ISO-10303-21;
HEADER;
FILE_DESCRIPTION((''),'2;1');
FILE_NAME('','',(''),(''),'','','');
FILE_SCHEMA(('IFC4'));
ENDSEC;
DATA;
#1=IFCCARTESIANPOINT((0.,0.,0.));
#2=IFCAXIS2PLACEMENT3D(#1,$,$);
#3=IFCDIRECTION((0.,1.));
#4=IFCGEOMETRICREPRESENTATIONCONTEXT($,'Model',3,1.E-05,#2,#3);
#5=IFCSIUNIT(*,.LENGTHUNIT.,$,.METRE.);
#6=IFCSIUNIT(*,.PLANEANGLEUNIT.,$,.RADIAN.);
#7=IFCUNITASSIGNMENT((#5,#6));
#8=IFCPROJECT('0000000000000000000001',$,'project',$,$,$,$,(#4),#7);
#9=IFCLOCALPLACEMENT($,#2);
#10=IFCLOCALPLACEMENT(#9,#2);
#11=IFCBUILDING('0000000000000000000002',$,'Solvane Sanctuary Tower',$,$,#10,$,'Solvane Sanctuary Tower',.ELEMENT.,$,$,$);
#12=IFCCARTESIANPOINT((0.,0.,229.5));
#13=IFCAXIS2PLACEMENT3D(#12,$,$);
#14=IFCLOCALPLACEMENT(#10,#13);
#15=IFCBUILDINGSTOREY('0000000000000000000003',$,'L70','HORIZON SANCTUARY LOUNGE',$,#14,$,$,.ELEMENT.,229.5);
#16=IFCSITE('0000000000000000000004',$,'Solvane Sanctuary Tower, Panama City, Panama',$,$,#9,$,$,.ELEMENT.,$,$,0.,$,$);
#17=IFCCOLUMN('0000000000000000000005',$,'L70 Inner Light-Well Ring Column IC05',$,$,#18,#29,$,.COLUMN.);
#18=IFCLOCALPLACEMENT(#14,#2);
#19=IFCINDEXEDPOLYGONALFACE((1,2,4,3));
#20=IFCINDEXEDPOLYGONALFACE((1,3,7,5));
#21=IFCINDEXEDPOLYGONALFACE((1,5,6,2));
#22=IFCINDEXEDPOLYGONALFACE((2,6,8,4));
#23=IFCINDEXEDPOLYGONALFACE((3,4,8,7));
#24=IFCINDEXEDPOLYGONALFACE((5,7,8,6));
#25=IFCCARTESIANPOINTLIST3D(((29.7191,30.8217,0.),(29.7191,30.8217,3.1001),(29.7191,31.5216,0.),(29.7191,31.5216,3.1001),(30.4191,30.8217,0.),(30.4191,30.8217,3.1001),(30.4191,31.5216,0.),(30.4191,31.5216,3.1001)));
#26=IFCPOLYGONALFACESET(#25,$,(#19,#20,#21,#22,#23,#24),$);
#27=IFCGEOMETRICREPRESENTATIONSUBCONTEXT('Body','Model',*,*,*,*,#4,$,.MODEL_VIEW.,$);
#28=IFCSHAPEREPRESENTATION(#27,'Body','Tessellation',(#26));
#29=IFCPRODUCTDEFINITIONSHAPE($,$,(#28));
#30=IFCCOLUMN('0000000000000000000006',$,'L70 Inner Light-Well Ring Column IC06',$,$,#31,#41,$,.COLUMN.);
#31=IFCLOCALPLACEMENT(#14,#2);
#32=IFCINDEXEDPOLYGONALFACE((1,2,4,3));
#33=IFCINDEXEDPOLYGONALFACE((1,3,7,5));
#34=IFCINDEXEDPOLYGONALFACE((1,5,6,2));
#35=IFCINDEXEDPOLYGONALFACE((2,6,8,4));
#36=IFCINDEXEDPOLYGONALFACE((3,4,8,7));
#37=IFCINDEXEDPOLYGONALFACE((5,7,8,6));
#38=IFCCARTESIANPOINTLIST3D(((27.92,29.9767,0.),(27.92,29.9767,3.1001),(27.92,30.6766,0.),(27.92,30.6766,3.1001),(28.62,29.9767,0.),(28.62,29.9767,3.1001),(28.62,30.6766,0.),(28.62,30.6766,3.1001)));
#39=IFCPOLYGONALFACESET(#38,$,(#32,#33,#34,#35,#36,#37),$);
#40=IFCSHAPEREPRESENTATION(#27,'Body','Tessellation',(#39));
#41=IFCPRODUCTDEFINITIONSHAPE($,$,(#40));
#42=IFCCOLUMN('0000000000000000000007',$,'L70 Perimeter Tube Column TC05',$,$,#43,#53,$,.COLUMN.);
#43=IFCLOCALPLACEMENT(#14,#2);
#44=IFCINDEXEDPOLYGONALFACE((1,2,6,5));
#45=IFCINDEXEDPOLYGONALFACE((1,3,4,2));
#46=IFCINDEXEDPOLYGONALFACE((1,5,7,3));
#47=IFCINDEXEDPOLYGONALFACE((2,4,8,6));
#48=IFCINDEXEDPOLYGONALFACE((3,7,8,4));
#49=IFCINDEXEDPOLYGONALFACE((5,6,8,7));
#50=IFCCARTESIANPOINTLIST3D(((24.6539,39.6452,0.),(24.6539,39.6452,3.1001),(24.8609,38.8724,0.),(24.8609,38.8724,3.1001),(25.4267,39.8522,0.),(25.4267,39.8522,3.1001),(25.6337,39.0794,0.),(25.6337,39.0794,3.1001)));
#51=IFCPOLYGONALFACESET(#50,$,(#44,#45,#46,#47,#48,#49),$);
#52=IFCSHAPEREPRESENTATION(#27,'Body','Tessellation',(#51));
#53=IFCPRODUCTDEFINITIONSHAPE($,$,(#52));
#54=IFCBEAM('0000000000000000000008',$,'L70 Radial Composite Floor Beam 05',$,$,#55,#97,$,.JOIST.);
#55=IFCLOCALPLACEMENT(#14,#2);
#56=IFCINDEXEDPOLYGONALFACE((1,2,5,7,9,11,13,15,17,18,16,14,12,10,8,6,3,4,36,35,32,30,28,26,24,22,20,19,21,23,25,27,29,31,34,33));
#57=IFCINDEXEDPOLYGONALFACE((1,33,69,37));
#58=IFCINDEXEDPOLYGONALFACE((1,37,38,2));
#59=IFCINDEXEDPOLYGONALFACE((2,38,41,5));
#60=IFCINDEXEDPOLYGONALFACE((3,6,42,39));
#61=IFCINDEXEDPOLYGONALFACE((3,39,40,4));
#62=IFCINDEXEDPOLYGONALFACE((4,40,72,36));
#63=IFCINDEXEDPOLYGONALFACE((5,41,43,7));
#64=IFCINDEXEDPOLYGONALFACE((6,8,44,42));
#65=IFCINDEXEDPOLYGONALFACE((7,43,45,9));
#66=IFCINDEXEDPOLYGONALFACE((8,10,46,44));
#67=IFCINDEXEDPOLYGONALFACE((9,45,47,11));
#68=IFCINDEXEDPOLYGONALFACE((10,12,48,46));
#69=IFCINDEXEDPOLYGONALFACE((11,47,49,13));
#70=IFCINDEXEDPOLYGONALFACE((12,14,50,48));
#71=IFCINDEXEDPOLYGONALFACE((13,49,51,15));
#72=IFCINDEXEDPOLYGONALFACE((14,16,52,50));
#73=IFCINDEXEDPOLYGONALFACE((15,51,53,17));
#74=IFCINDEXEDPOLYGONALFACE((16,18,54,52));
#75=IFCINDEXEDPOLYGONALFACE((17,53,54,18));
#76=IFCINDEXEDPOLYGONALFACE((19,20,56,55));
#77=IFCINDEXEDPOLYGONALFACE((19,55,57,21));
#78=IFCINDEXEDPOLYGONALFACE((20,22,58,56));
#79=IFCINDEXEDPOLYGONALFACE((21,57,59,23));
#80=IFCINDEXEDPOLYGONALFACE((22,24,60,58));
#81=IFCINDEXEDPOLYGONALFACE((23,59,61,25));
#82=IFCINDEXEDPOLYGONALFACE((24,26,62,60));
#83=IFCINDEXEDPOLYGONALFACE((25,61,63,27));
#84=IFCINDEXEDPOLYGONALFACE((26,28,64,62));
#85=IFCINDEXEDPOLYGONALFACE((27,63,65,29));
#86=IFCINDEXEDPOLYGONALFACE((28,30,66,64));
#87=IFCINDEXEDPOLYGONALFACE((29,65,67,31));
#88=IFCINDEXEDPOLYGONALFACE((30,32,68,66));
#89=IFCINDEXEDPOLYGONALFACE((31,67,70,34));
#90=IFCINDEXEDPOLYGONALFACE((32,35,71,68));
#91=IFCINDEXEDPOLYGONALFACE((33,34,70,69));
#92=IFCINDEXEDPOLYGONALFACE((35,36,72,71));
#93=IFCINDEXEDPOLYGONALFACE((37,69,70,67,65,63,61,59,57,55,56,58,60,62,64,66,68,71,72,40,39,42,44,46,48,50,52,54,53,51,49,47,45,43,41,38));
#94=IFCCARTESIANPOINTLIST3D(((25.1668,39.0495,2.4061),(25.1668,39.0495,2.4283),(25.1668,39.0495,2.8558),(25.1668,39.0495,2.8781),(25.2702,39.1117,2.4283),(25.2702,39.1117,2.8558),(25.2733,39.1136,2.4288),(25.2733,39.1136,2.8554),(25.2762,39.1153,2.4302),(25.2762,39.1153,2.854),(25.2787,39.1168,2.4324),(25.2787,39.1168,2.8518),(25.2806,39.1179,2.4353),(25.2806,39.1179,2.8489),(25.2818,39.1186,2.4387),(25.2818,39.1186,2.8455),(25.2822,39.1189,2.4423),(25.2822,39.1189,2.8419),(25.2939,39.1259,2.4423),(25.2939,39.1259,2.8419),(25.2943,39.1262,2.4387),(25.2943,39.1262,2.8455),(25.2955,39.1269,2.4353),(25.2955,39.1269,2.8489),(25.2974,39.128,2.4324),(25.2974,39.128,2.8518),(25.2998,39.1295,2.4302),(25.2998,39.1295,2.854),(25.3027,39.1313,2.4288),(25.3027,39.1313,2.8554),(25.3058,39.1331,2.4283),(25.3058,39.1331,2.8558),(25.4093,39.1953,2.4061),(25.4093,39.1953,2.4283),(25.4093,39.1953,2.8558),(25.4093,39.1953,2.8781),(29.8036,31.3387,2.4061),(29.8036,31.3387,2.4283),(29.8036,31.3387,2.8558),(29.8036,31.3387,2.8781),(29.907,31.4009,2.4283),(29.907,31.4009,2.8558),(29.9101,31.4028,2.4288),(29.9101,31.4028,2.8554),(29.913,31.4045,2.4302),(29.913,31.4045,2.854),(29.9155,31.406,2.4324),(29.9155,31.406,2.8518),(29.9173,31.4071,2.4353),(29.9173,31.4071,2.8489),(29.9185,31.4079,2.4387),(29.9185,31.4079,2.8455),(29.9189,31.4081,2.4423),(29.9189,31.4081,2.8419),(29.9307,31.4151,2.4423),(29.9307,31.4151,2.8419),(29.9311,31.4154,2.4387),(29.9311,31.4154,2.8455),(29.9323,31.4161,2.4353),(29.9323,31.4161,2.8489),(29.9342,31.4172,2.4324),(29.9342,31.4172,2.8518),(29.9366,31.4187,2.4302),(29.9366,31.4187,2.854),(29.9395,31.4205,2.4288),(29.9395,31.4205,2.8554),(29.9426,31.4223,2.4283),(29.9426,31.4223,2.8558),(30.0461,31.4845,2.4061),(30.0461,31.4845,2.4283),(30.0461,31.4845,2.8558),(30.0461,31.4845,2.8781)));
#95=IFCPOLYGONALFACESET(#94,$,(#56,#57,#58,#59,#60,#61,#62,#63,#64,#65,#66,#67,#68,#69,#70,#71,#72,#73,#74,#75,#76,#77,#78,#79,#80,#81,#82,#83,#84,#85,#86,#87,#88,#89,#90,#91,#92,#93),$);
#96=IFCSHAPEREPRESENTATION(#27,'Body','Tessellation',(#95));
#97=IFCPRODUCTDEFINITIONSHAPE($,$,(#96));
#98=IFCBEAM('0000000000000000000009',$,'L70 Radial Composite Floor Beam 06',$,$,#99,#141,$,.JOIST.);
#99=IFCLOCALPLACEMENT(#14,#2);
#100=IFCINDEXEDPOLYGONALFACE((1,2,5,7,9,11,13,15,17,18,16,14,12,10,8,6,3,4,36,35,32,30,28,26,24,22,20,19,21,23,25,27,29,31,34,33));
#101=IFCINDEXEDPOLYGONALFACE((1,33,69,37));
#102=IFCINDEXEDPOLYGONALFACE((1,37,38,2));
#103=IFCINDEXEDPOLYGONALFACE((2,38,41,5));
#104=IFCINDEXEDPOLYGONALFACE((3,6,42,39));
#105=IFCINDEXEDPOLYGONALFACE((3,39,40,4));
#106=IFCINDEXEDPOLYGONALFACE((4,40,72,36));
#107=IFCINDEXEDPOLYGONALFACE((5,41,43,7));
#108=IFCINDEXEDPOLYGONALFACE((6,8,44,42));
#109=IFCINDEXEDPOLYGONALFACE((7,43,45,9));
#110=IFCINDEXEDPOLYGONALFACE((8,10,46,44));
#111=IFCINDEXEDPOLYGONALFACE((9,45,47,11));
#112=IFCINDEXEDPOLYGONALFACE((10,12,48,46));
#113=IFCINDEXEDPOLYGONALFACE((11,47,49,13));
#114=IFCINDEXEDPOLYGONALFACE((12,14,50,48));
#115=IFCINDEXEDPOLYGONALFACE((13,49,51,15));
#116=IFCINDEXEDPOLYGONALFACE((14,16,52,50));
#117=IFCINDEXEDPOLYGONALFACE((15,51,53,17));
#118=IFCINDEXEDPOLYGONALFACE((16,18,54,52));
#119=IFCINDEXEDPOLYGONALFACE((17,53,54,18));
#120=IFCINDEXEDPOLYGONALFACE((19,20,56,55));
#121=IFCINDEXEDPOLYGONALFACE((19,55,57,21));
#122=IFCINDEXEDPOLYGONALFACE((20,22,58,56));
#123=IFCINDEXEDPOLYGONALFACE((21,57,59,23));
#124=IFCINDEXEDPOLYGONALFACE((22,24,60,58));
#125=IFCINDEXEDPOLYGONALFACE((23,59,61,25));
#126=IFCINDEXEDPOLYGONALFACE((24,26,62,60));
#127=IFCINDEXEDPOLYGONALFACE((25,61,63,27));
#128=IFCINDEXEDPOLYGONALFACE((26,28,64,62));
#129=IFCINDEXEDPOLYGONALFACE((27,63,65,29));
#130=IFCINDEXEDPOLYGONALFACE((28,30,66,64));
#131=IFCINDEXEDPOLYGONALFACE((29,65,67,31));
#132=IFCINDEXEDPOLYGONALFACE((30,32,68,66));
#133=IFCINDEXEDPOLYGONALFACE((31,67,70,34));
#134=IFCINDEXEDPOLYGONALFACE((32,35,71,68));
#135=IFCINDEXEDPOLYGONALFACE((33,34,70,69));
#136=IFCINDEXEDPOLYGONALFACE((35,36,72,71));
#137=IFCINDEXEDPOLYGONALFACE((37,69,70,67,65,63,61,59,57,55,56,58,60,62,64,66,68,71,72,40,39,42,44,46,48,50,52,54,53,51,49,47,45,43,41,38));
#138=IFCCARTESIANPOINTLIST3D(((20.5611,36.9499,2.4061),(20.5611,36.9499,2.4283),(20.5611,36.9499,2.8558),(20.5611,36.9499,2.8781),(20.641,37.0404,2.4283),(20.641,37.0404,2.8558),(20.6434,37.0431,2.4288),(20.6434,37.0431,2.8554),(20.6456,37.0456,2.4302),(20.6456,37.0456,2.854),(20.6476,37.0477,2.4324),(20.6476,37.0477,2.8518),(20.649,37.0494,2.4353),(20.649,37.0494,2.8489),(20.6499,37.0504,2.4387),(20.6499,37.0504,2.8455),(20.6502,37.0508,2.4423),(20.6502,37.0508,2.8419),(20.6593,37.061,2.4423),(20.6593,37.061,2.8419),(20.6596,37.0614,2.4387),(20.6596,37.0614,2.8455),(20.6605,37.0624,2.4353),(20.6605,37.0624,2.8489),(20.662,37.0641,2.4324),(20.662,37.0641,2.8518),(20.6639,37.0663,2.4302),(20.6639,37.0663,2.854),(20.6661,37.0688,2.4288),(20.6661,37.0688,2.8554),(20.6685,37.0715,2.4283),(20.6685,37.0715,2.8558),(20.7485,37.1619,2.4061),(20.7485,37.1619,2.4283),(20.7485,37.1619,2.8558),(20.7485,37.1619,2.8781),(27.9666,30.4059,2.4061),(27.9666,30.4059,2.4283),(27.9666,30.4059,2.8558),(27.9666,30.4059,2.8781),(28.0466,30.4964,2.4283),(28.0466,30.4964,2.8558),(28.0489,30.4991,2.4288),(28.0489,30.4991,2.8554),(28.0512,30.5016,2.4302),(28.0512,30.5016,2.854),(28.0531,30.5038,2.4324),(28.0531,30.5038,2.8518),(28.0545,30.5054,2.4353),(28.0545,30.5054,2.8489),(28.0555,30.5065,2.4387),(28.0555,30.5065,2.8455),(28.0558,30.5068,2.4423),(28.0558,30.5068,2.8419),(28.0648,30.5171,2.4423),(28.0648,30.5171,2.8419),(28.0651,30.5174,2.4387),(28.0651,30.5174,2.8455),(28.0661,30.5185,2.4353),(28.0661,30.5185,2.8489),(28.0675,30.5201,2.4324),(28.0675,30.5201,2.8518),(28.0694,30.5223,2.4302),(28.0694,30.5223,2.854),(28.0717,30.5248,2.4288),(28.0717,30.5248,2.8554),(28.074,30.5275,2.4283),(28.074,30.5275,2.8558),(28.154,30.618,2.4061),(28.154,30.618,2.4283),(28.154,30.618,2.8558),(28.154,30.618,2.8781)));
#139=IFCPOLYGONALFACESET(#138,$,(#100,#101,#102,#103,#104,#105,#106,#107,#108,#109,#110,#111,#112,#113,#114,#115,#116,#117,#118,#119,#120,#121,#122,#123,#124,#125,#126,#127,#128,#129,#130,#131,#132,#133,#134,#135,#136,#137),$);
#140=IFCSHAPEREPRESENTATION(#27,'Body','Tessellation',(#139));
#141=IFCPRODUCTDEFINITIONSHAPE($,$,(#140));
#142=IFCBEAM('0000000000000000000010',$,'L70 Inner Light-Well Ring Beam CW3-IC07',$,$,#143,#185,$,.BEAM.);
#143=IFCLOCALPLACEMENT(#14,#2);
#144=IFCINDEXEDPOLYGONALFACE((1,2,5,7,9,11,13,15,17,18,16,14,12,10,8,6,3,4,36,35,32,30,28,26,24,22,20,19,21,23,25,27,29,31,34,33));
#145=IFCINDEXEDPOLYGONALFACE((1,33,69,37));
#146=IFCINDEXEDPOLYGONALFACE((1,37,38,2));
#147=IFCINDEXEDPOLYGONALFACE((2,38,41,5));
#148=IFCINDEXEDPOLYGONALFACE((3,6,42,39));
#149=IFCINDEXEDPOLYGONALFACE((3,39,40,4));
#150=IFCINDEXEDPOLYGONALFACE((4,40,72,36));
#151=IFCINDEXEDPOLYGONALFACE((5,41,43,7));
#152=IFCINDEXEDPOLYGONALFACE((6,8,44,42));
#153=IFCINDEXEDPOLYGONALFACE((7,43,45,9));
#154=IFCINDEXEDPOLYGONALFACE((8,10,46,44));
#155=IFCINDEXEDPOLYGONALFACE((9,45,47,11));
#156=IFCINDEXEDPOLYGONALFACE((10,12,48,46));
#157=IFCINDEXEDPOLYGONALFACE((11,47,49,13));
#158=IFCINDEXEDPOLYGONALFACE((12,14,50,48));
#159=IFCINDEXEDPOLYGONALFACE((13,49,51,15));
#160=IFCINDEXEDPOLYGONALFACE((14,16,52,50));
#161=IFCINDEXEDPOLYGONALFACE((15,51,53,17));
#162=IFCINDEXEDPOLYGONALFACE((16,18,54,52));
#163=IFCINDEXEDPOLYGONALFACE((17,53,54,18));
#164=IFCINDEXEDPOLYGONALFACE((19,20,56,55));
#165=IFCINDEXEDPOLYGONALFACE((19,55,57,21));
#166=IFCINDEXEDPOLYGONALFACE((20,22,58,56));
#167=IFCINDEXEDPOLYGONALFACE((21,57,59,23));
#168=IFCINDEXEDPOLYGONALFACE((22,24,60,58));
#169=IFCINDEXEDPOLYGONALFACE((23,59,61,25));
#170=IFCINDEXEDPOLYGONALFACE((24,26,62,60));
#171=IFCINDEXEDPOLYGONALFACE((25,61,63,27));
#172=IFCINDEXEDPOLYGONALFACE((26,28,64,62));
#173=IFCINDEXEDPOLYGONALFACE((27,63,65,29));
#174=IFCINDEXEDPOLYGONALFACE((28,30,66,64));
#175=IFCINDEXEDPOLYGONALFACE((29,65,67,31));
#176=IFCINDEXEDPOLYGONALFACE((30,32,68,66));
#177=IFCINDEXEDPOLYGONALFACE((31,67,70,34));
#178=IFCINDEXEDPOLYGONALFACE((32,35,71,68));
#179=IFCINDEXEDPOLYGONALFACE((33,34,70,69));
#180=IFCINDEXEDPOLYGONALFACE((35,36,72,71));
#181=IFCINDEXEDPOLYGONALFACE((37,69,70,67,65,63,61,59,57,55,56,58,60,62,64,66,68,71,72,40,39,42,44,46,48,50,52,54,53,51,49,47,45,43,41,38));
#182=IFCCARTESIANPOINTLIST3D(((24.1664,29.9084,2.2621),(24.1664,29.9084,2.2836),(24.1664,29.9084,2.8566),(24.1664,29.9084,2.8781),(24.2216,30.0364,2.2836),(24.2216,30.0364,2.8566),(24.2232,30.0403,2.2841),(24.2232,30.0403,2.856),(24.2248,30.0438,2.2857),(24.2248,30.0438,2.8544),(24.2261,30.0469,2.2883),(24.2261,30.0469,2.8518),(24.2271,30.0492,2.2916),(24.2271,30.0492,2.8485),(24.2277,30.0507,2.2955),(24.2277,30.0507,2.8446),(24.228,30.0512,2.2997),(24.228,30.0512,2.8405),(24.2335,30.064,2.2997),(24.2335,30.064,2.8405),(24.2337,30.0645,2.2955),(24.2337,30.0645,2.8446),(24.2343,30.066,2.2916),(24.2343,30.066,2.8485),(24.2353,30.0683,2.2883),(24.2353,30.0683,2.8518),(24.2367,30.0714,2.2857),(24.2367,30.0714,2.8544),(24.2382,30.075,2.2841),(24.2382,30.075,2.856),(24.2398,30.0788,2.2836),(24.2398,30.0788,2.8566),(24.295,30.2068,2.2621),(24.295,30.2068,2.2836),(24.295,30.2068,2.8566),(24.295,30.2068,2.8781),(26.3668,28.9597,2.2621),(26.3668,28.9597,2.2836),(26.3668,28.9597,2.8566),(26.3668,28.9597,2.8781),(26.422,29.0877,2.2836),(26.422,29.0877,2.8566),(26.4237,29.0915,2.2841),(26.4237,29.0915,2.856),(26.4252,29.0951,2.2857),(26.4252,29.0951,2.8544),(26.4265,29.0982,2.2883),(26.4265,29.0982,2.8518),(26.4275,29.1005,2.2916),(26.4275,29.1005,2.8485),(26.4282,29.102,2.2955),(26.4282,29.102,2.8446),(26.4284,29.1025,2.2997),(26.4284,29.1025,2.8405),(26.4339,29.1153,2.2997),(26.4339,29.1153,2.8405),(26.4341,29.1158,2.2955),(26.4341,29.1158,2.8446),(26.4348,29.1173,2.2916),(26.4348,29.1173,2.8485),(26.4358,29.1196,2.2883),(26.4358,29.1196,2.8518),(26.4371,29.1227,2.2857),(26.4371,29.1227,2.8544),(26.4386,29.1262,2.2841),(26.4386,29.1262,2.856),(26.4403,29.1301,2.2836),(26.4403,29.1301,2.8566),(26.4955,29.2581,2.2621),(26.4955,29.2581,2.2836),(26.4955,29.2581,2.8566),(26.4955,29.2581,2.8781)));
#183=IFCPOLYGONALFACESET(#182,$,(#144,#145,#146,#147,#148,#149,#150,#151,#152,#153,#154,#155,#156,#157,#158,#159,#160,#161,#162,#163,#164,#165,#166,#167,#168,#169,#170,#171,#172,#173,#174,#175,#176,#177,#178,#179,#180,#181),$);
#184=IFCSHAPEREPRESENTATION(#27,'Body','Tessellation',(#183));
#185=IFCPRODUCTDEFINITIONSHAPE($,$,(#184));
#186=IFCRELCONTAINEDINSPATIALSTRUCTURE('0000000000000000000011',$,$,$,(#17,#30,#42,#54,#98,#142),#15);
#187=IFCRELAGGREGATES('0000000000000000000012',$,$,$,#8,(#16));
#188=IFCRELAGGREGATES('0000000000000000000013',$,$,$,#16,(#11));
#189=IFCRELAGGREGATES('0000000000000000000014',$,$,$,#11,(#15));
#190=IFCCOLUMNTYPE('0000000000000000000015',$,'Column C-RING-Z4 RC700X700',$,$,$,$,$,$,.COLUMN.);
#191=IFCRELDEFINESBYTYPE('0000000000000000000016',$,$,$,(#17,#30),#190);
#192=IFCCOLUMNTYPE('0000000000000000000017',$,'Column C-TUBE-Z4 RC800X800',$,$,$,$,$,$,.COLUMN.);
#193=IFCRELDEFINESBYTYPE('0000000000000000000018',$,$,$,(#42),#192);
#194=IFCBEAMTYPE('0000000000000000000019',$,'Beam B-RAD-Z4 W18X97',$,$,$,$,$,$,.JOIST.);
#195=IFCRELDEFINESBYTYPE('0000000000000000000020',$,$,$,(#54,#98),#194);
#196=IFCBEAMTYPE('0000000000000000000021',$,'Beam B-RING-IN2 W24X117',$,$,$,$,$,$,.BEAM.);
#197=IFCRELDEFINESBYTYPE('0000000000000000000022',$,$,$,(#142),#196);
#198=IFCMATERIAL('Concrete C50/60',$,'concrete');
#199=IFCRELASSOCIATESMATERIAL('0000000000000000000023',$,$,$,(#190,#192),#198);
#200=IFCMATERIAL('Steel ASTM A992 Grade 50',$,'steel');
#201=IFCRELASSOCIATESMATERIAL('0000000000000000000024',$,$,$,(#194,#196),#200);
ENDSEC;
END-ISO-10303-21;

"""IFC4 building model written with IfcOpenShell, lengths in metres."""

from ifc_helpers import new_model, si_unit, direction, frame, origin, origin_2d, place, context, subcontext, project, spatial, rectangle, i_section, extrude, material, material_profile, profile_set, type_object, element, save


model = new_model("IFC4")

# Units and contexts
model_context = context("Model", 3, precision=1e-05, world=origin(), true_north=direction((0.0, 1.0)))
body_context = subcontext(model_context, "Body", "Model", "MODEL_VIEW")
ifc_project = project(units=[si_unit("LENGTHUNIT", "METRE"), si_unit("PLANEANGLEUNIT", "RADIAN")], contexts=[model_context])

# Site, building, storey
site_placement = place(None, origin())
site = spatial("IfcSite", under=ifc_project, at=site_placement, Name="Solvane Sanctuary Tower, Panama City, Panama", CompositionType="ELEMENT", RefElevation=0.0)
building_placement = place(site_placement, origin())
building = spatial("IfcBuilding", under=site, at=building_placement, Name="Solvane Sanctuary Tower", LongName="Solvane Sanctuary Tower", CompositionType="ELEMENT")
storey_placement = place(building_placement, frame((0.0, 0.0, 229.5)))
storey = spatial("IfcBuildingStorey", under=building, at=storey_placement, Name="L70", Description="HORIZON SANCTUARY LOUNGE", CompositionType="ELEMENT", Elevation=229.5)

# Columns
ifc_material_1 = material(Name="Concrete C50/60", Category="concrete")
ifc_material_profile_1 = material_profile(ifc_material_1, rectangle(XDim=0.7, YDim=0.7, at=origin_2d()), Name="RC700X700")
ifc_profile_set_1 = profile_set([ifc_material_profile_1], Name="Concrete C50/60")
column_type_1 = type_object("IfcColumnType", Name="Column C-RING-Z4 RC700X700", PredefinedType="COLUMN", material=ifc_profile_set_1)
for number, where, z_axis, x_axis, name in (
    (1, (30.0691, 31.1716, 0.0), (0.0, 0.0, 1.0), (1.0, 0.0, 0.0), "L70 Inner Light-Well Ring Column IC05"),
    (2, (28.27, 30.3267, 0.0), (0.0, 0.0, 1.0), (1.0, 0.0, 0.0), "L70 Inner Light-Well Ring Column IC06"),
):
    element("IfcColumn", number, at=place(storey_placement, frame(where, z_axis=z_axis, x_axis=x_axis)), inside=storey, type_object=column_type_1, Name=name, PredefinedType="COLUMN", context=body_context, shape_type="SweptSolid", body=[
        extrude(rectangle(XDim=0.7, YDim=0.7, at=origin_2d()), origin(), (0.0, 0.0, 1.0), 3.1001),
    ])
ifc_material_profile_2 = material_profile(ifc_material_1, rectangle(XDim=0.8, YDim=0.8, at=origin_2d()), Name="RC800X800")
ifc_profile_set_2 = profile_set([ifc_material_profile_2], Name="Concrete C50/60")
column_type_2 = type_object("IfcColumnType", Name="Column C-TUBE-Z4 RC800X800", PredefinedType="COLUMN", material=ifc_profile_set_2)
column_placement = place(storey_placement, frame((25.1438, 39.3623, 0.0), z_axis=(0.0, 0.0, 1.0), x_axis=(-0.258819, 0.965926, 0.0)))
element("IfcColumn", 3, at=column_placement, inside=storey, type_object=column_type_2, Name="L70 Perimeter Tube Column TC05", PredefinedType="COLUMN", context=body_context, shape_type="SweptSolid", body=[
    extrude(rectangle(XDim=0.8, YDim=0.8, at=origin_2d()), origin(), (0.0, 0.0, 1.0), 3.1001),
])

# Beams
ifc_material_2 = material(Name="Steel ASTM A992 Grade 50", Category="steel")
ifc_material_profile_3 = material_profile(ifc_material_2, i_section(OverallWidth=0.283, OverallDepth=0.4719, WebThickness=0.0137, FlangeThickness=0.0222, FilletRadius=0.0139, at=origin_2d()), Name="W18X97")
ifc_profile_set_3 = profile_set([ifc_material_profile_3], Name="Steel ASTM A992 Grade 50")
beam_type_1 = type_object("IfcBeamType", Name="Beam B-RAD-Z4 W18X97", PredefinedType="JOIST", material=ifc_profile_set_3)
beam_1_placement = place(storey_placement, frame((29.9248, 31.4116, 2.6421), z_axis=(-0.515337, 0.856987, 0.0), x_axis=(-0.856987, -0.515337, 0.0)))
element("IfcBeam", 4, at=beam_1_placement, inside=storey, type_object=beam_type_1, Name="L70 Radial Composite Floor Beam 05", PredefinedType="JOIST", context=body_context, shape_type="SweptSolid", body=[
    extrude(i_section(OverallWidth=0.283, OverallDepth=0.4719, WebThickness=0.0137, FlangeThickness=0.0222, FilletRadius=0.0139, at=origin_2d()), origin(), (0.0, 0.0, 1.0), 8.9976),
])
beam_2_placement = place(storey_placement, frame((28.0603, 30.512, 2.6421), z_axis=(-0.749352, 0.662171, 0.0), x_axis=(-0.662171, -0.749352, 0.0)))
element("IfcBeam", 5, at=beam_2_placement, inside=storey, type_object=beam_type_1, Name="L70 Radial Composite Floor Beam 06", PredefinedType="JOIST", context=body_context, shape_type="SweptSolid", body=[
    extrude(i_section(OverallWidth=0.283, OverallDepth=0.4719, WebThickness=0.0137, FlangeThickness=0.0222, FilletRadius=0.0139, at=origin_2d()), origin(), (0.0, 0.0, 1.0), 9.8826),
])
ifc_material_profile_4 = material_profile(ifc_material_2, i_section(OverallWidth=0.325, OverallDepth=0.616, WebThickness=0.0139, FlangeThickness=0.0215, FilletRadius=0.0161, at=origin_2d()), Name="W24X117")
ifc_profile_set_4 = profile_set([ifc_material_profile_4], Name="Steel ASTM A992 Grade 50")
beam_type_2 = type_object("IfcBeamType", Name="Beam B-RING-IN2 W24X117", PredefinedType="BEAM", material=ifc_profile_set_4)
beam_3_placement = place(storey_placement, frame((24.2307, 30.0576, 2.5701), z_axis=(0.918284, -0.395923, 0.0), x_axis=(0.395923, 0.918284, 0.0)))
element("IfcBeam", 6, at=beam_3_placement, inside=storey, type_object=beam_type_2, Name="L70 Inner Light-Well Ring Beam CW3-IC07", PredefinedType="BEAM", context=body_context, shape_type="SweptSolid", body=[
    extrude(i_section(OverallWidth=0.325, OverallDepth=0.616, WebThickness=0.0139, FlangeThickness=0.0215, FilletRadius=0.0161, at=origin_2d()), origin(), (0.0, 0.0, 1.0), 2.3962),
])

save(model, "model.ifc")
